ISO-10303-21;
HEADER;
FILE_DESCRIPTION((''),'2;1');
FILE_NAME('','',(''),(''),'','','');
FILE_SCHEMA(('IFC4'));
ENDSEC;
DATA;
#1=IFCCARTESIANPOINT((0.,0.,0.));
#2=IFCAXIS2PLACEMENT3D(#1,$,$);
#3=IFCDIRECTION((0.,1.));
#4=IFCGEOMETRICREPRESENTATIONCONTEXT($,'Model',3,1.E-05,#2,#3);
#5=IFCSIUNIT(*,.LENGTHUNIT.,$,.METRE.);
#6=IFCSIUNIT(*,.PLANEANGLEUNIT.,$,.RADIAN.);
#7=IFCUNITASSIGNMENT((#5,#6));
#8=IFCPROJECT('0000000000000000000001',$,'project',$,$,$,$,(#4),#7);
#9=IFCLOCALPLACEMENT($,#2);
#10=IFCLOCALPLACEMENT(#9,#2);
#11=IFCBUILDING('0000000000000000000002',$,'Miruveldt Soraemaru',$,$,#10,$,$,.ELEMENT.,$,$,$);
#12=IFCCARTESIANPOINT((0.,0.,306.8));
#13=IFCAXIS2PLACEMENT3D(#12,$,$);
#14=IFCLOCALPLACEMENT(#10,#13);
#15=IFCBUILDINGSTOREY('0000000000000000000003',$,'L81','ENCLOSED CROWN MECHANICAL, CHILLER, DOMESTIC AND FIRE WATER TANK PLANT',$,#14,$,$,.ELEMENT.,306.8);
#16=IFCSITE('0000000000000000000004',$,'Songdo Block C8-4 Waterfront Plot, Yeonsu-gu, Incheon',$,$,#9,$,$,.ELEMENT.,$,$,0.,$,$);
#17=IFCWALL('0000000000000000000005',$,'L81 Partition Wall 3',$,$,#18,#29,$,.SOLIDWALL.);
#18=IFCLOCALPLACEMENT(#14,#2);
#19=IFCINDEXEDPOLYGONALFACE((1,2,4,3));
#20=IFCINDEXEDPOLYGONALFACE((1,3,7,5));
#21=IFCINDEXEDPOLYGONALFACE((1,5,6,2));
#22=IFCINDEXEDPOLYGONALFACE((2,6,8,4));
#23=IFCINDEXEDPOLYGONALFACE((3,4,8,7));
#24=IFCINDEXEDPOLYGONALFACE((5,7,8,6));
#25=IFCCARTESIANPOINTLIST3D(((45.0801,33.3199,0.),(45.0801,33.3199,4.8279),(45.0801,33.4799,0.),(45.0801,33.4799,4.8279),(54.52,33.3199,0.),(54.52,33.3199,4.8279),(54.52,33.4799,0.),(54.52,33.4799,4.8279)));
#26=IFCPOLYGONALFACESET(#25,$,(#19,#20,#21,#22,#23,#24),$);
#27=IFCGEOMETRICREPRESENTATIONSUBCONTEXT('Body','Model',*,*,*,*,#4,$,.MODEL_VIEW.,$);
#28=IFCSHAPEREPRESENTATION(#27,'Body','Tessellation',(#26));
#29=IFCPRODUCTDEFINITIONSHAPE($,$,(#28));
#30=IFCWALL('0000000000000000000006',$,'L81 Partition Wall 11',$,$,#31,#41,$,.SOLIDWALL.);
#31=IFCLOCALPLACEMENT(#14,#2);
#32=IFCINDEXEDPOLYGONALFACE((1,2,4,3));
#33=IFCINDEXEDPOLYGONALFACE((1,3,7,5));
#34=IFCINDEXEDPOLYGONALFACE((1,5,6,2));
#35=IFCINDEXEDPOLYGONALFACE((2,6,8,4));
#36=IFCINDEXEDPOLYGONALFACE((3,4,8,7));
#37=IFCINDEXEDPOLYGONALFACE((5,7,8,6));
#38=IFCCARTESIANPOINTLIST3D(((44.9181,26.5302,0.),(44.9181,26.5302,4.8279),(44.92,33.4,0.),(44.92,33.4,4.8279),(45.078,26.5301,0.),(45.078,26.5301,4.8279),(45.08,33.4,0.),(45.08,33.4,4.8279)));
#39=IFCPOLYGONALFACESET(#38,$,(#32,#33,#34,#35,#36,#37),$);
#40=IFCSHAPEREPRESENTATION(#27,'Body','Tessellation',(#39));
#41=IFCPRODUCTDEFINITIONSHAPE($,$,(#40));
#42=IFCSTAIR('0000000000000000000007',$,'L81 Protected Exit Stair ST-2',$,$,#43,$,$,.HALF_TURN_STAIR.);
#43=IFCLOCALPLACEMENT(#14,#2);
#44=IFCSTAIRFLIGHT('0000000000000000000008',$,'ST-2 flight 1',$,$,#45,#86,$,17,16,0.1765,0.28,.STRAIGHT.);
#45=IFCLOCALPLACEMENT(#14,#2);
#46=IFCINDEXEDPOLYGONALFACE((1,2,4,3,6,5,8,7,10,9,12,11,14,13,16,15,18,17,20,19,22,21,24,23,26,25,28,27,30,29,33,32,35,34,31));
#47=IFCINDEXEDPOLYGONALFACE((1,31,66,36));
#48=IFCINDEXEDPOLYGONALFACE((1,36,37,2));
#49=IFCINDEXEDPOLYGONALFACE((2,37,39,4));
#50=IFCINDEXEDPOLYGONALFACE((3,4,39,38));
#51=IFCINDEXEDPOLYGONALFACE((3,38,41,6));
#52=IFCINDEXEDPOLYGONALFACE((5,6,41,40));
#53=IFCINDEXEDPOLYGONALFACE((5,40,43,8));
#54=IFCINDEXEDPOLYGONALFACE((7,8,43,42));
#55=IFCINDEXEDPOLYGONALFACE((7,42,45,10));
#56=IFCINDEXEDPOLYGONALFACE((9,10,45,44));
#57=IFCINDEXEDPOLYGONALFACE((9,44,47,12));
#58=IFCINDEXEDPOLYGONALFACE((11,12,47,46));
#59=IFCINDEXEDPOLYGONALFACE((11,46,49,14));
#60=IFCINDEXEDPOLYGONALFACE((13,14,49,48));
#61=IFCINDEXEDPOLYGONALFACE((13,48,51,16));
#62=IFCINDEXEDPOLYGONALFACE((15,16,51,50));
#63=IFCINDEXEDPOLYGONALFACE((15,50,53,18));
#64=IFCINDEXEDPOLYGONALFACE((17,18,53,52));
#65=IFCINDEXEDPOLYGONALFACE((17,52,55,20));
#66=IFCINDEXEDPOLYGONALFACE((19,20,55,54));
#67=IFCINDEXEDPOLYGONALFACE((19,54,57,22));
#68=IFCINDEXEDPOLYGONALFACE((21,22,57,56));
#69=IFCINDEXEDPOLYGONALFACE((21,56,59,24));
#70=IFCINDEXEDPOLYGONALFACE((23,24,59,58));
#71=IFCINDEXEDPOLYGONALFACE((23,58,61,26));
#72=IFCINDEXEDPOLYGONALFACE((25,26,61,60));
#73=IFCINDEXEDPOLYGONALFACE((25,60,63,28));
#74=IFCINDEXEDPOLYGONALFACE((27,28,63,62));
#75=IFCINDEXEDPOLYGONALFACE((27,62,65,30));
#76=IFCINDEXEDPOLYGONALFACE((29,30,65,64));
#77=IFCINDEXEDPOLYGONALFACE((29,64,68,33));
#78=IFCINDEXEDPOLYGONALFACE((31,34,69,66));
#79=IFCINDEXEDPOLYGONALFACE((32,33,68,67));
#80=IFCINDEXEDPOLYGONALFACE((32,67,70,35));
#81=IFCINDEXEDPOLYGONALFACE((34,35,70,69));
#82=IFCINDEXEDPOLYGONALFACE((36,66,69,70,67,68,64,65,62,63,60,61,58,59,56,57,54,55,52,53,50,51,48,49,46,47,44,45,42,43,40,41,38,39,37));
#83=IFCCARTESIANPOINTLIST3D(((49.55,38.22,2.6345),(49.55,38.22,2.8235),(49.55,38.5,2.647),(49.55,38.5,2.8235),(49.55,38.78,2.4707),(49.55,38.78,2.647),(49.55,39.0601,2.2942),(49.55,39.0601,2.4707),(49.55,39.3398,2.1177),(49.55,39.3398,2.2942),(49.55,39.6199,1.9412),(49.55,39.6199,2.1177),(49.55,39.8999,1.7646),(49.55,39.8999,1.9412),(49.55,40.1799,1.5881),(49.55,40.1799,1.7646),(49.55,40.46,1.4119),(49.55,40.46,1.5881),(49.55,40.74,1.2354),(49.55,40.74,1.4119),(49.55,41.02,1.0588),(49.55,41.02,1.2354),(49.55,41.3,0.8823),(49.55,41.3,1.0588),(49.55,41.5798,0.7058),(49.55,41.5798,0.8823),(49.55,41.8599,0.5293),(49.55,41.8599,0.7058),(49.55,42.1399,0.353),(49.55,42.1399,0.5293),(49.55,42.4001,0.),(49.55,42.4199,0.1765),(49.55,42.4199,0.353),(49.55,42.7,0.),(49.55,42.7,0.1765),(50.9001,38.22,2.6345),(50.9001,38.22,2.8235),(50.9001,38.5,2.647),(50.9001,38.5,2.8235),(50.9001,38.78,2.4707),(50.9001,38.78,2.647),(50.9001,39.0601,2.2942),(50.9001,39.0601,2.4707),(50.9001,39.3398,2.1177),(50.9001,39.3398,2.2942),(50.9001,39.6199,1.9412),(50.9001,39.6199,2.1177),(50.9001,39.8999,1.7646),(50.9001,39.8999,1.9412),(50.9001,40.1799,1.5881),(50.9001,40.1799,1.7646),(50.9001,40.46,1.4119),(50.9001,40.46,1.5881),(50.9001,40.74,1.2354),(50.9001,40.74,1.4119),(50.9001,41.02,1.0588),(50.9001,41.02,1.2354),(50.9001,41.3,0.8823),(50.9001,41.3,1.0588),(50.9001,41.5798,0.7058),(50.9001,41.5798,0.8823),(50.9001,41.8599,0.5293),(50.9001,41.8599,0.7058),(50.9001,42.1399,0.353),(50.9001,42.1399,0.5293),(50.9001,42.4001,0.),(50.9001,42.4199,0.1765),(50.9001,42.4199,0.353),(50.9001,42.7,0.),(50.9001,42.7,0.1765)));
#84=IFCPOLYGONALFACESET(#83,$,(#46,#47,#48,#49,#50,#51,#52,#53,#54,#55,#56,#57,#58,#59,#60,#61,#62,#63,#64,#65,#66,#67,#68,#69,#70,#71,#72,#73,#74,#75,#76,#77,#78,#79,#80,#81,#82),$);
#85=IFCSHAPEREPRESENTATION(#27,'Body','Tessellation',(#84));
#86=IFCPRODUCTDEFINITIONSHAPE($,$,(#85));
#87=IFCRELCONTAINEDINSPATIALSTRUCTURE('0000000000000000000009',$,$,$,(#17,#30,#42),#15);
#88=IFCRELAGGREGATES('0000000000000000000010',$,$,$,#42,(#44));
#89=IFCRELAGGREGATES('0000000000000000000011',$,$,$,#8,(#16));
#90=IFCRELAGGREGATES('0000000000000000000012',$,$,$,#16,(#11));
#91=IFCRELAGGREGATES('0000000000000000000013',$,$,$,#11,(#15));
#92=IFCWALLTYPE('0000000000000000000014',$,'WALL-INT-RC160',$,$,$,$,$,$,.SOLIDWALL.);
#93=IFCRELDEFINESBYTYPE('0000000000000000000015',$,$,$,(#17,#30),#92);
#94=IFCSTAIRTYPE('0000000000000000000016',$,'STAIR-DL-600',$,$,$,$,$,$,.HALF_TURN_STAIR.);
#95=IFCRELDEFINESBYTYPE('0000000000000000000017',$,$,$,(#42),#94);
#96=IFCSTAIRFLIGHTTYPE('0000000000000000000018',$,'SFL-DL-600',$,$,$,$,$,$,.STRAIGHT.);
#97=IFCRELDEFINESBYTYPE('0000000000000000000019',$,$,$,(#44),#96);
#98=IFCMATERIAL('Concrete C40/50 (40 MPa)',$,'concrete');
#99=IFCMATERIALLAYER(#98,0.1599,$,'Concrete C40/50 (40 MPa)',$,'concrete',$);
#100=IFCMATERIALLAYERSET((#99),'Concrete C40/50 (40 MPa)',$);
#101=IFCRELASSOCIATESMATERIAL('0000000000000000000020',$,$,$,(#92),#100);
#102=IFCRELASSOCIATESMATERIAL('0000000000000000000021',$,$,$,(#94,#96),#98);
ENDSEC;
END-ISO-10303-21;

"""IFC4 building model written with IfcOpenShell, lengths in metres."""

from ifc_helpers import new_model, si_unit, direction, frame, frame_2d, origin, place, context, subcontext, project, spatial, polyline, rectangle, outline, extrude, material, layer, layer_set, type_object, element, aggregate, save


model = new_model("IFC4")

# Units and contexts
model_context = context("Model", 3, precision=1e-05, world=origin(), true_north=direction((0.0, 1.0)))
body_context = subcontext(model_context, "Body", "Model", "MODEL_VIEW")
ifc_project = project(units=[si_unit("LENGTHUNIT", "METRE"), si_unit("PLANEANGLEUNIT", "RADIAN")], contexts=[model_context])

# Site, building, storey
site_placement = place(None, origin())
site = spatial("IfcSite", under=ifc_project, at=site_placement, Name="Songdo Block C8-4 Waterfront Plot, Yeonsu-gu, Incheon", CompositionType="ELEMENT", RefElevation=0.0)
building_placement = place(site_placement, origin())
building = spatial("IfcBuilding", under=site, at=building_placement, Name="Miruveldt Soraemaru", CompositionType="ELEMENT")
storey_placement = place(building_placement, frame((0.0, 0.0, 306.8)))
storey = spatial("IfcBuildingStorey", under=building, at=storey_placement, Name="L81", Description="ENCLOSED CROWN MECHANICAL, CHILLER, DOMESTIC AND FIRE WATER TANK PLANT", CompositionType="ELEMENT", Elevation=306.8)

# Walls
ifc_material_1 = material(Name="Concrete C40/50 (40 MPa)", Category="concrete")
ifc_layer_1 = layer(ifc_material_1, 0.1599, Name="Concrete C40/50 (40 MPa)", Category="concrete")
ifc_layer_set_1 = layer_set([ifc_layer_1], Name="Concrete C40/50 (40 MPa)")
wall_type_1 = type_object("IfcWallType", Name="WALL-INT-RC160", PredefinedType="SOLIDWALL", material=ifc_layer_set_1)
wall_1_placement = place(storey_placement, frame((45.0801, 33.3999, 0.0), z_axis=(0.0, 0.0, 1.0), x_axis=(1.0, 0.0, 0.0)))
element("IfcWall", 1, at=wall_1_placement, inside=storey, type_object=wall_type_1, Name="L81 Partition Wall 3", PredefinedType="SOLIDWALL", context=body_context, shape_type="SweptSolid", body=[
    extrude(rectangle(XDim=9.4399, YDim=0.1599, at=frame_2d((4.72, 0.0))), origin(), (0.0, 0.0, 1.0), 4.8279),
])
wall_2_placement = place(storey_placement, frame((44.998, 26.53, 0.0), z_axis=(0.0, 0.0, 1.0), x_axis=(0.000284, 1.0, 0.0)))
element("IfcWall", 2, at=wall_2_placement, inside=storey, type_object=wall_type_1, Name="L81 Partition Wall 11", PredefinedType="SOLIDWALL", context=body_context, shape_type="SweptSolid", body=[
    extrude(rectangle(XDim=6.8699, YDim=0.1599, at=frame_2d((3.4351, 0.0))), origin(), (0.0, 0.0, 1.0), 4.8279),
])

# Stair, stair flight
stair_type = type_object("IfcStairType", Name="STAIR-DL-600", PredefinedType="HALF_TURN_STAIR", material=ifc_material_1)
stair_placement = place(storey_placement, origin())
stair = element("IfcStair", 3, at=stair_placement, inside=storey, type_object=stair_type, Name="L81 Protected Exit Stair ST-2", PredefinedType="HALF_TURN_STAIR")
stair_flight_type = type_object("IfcStairFlightType", Name="SFL-DL-600", PredefinedType="STRAIGHT", material=ifc_material_1)
stair_flight_placement = place(storey_placement, frame((50.2251, 42.7, 0.0), z_axis=(0.0, 0.0, 1.0), x_axis=(0.0, -1.0, 0.0)))
stair_flight = element("IfcStairFlight", 4, at=stair_flight_placement, type_object=stair_flight_type, Name="ST-2 flight 1", NumberOfRisers=17, NumberOfTreads=16, PredefinedType="STRAIGHT", RiserHeight=0.1765, TreadLength=0.28, context=body_context, shape_type="SweptSolid", body=[
    extrude(outline(polyline([(0.0, 0.0), (0.0, 0.1765), (0.28, 0.1765), (0.28, 0.353), (0.5601, 0.353), (0.5601, 0.5293), (0.8401, 0.5293), (0.8401, 0.7058), (1.1201, 0.7058), (1.1201, 0.8823), (1.3999, 0.8823), (1.3999, 1.0588), (1.6799, 1.0588), (1.6799, 1.2354), (1.96, 1.2354), (1.96, 1.4119), (2.24, 1.4119), (2.24, 1.5881), (2.52, 1.5881), (2.52, 1.7646), (2.8, 1.7646), (2.8, 1.9412), (3.0801, 1.9412), (3.0801, 2.1177), (3.3601, 2.1177), (3.3601, 2.2942), (3.6399, 2.2942), (3.6399, 2.4707), (3.9199, 2.4707), (3.9199, 2.647), (4.2, 2.647), (4.2, 2.8235), (4.48, 2.8235), (4.48, 3.0), (4.48, 2.6345), (0.2998, 0.0), (0.0, 0.0)])), frame((0.0, 0.675, 0.0), z_axis=(0.0, -1.0, 0.0), x_axis=(1.0, 0.0, 0.0)), (0.0, 0.0, 1.0), 1.3501),
])
aggregate(stair, [stair_flight])

save(model, "model.ifc")
